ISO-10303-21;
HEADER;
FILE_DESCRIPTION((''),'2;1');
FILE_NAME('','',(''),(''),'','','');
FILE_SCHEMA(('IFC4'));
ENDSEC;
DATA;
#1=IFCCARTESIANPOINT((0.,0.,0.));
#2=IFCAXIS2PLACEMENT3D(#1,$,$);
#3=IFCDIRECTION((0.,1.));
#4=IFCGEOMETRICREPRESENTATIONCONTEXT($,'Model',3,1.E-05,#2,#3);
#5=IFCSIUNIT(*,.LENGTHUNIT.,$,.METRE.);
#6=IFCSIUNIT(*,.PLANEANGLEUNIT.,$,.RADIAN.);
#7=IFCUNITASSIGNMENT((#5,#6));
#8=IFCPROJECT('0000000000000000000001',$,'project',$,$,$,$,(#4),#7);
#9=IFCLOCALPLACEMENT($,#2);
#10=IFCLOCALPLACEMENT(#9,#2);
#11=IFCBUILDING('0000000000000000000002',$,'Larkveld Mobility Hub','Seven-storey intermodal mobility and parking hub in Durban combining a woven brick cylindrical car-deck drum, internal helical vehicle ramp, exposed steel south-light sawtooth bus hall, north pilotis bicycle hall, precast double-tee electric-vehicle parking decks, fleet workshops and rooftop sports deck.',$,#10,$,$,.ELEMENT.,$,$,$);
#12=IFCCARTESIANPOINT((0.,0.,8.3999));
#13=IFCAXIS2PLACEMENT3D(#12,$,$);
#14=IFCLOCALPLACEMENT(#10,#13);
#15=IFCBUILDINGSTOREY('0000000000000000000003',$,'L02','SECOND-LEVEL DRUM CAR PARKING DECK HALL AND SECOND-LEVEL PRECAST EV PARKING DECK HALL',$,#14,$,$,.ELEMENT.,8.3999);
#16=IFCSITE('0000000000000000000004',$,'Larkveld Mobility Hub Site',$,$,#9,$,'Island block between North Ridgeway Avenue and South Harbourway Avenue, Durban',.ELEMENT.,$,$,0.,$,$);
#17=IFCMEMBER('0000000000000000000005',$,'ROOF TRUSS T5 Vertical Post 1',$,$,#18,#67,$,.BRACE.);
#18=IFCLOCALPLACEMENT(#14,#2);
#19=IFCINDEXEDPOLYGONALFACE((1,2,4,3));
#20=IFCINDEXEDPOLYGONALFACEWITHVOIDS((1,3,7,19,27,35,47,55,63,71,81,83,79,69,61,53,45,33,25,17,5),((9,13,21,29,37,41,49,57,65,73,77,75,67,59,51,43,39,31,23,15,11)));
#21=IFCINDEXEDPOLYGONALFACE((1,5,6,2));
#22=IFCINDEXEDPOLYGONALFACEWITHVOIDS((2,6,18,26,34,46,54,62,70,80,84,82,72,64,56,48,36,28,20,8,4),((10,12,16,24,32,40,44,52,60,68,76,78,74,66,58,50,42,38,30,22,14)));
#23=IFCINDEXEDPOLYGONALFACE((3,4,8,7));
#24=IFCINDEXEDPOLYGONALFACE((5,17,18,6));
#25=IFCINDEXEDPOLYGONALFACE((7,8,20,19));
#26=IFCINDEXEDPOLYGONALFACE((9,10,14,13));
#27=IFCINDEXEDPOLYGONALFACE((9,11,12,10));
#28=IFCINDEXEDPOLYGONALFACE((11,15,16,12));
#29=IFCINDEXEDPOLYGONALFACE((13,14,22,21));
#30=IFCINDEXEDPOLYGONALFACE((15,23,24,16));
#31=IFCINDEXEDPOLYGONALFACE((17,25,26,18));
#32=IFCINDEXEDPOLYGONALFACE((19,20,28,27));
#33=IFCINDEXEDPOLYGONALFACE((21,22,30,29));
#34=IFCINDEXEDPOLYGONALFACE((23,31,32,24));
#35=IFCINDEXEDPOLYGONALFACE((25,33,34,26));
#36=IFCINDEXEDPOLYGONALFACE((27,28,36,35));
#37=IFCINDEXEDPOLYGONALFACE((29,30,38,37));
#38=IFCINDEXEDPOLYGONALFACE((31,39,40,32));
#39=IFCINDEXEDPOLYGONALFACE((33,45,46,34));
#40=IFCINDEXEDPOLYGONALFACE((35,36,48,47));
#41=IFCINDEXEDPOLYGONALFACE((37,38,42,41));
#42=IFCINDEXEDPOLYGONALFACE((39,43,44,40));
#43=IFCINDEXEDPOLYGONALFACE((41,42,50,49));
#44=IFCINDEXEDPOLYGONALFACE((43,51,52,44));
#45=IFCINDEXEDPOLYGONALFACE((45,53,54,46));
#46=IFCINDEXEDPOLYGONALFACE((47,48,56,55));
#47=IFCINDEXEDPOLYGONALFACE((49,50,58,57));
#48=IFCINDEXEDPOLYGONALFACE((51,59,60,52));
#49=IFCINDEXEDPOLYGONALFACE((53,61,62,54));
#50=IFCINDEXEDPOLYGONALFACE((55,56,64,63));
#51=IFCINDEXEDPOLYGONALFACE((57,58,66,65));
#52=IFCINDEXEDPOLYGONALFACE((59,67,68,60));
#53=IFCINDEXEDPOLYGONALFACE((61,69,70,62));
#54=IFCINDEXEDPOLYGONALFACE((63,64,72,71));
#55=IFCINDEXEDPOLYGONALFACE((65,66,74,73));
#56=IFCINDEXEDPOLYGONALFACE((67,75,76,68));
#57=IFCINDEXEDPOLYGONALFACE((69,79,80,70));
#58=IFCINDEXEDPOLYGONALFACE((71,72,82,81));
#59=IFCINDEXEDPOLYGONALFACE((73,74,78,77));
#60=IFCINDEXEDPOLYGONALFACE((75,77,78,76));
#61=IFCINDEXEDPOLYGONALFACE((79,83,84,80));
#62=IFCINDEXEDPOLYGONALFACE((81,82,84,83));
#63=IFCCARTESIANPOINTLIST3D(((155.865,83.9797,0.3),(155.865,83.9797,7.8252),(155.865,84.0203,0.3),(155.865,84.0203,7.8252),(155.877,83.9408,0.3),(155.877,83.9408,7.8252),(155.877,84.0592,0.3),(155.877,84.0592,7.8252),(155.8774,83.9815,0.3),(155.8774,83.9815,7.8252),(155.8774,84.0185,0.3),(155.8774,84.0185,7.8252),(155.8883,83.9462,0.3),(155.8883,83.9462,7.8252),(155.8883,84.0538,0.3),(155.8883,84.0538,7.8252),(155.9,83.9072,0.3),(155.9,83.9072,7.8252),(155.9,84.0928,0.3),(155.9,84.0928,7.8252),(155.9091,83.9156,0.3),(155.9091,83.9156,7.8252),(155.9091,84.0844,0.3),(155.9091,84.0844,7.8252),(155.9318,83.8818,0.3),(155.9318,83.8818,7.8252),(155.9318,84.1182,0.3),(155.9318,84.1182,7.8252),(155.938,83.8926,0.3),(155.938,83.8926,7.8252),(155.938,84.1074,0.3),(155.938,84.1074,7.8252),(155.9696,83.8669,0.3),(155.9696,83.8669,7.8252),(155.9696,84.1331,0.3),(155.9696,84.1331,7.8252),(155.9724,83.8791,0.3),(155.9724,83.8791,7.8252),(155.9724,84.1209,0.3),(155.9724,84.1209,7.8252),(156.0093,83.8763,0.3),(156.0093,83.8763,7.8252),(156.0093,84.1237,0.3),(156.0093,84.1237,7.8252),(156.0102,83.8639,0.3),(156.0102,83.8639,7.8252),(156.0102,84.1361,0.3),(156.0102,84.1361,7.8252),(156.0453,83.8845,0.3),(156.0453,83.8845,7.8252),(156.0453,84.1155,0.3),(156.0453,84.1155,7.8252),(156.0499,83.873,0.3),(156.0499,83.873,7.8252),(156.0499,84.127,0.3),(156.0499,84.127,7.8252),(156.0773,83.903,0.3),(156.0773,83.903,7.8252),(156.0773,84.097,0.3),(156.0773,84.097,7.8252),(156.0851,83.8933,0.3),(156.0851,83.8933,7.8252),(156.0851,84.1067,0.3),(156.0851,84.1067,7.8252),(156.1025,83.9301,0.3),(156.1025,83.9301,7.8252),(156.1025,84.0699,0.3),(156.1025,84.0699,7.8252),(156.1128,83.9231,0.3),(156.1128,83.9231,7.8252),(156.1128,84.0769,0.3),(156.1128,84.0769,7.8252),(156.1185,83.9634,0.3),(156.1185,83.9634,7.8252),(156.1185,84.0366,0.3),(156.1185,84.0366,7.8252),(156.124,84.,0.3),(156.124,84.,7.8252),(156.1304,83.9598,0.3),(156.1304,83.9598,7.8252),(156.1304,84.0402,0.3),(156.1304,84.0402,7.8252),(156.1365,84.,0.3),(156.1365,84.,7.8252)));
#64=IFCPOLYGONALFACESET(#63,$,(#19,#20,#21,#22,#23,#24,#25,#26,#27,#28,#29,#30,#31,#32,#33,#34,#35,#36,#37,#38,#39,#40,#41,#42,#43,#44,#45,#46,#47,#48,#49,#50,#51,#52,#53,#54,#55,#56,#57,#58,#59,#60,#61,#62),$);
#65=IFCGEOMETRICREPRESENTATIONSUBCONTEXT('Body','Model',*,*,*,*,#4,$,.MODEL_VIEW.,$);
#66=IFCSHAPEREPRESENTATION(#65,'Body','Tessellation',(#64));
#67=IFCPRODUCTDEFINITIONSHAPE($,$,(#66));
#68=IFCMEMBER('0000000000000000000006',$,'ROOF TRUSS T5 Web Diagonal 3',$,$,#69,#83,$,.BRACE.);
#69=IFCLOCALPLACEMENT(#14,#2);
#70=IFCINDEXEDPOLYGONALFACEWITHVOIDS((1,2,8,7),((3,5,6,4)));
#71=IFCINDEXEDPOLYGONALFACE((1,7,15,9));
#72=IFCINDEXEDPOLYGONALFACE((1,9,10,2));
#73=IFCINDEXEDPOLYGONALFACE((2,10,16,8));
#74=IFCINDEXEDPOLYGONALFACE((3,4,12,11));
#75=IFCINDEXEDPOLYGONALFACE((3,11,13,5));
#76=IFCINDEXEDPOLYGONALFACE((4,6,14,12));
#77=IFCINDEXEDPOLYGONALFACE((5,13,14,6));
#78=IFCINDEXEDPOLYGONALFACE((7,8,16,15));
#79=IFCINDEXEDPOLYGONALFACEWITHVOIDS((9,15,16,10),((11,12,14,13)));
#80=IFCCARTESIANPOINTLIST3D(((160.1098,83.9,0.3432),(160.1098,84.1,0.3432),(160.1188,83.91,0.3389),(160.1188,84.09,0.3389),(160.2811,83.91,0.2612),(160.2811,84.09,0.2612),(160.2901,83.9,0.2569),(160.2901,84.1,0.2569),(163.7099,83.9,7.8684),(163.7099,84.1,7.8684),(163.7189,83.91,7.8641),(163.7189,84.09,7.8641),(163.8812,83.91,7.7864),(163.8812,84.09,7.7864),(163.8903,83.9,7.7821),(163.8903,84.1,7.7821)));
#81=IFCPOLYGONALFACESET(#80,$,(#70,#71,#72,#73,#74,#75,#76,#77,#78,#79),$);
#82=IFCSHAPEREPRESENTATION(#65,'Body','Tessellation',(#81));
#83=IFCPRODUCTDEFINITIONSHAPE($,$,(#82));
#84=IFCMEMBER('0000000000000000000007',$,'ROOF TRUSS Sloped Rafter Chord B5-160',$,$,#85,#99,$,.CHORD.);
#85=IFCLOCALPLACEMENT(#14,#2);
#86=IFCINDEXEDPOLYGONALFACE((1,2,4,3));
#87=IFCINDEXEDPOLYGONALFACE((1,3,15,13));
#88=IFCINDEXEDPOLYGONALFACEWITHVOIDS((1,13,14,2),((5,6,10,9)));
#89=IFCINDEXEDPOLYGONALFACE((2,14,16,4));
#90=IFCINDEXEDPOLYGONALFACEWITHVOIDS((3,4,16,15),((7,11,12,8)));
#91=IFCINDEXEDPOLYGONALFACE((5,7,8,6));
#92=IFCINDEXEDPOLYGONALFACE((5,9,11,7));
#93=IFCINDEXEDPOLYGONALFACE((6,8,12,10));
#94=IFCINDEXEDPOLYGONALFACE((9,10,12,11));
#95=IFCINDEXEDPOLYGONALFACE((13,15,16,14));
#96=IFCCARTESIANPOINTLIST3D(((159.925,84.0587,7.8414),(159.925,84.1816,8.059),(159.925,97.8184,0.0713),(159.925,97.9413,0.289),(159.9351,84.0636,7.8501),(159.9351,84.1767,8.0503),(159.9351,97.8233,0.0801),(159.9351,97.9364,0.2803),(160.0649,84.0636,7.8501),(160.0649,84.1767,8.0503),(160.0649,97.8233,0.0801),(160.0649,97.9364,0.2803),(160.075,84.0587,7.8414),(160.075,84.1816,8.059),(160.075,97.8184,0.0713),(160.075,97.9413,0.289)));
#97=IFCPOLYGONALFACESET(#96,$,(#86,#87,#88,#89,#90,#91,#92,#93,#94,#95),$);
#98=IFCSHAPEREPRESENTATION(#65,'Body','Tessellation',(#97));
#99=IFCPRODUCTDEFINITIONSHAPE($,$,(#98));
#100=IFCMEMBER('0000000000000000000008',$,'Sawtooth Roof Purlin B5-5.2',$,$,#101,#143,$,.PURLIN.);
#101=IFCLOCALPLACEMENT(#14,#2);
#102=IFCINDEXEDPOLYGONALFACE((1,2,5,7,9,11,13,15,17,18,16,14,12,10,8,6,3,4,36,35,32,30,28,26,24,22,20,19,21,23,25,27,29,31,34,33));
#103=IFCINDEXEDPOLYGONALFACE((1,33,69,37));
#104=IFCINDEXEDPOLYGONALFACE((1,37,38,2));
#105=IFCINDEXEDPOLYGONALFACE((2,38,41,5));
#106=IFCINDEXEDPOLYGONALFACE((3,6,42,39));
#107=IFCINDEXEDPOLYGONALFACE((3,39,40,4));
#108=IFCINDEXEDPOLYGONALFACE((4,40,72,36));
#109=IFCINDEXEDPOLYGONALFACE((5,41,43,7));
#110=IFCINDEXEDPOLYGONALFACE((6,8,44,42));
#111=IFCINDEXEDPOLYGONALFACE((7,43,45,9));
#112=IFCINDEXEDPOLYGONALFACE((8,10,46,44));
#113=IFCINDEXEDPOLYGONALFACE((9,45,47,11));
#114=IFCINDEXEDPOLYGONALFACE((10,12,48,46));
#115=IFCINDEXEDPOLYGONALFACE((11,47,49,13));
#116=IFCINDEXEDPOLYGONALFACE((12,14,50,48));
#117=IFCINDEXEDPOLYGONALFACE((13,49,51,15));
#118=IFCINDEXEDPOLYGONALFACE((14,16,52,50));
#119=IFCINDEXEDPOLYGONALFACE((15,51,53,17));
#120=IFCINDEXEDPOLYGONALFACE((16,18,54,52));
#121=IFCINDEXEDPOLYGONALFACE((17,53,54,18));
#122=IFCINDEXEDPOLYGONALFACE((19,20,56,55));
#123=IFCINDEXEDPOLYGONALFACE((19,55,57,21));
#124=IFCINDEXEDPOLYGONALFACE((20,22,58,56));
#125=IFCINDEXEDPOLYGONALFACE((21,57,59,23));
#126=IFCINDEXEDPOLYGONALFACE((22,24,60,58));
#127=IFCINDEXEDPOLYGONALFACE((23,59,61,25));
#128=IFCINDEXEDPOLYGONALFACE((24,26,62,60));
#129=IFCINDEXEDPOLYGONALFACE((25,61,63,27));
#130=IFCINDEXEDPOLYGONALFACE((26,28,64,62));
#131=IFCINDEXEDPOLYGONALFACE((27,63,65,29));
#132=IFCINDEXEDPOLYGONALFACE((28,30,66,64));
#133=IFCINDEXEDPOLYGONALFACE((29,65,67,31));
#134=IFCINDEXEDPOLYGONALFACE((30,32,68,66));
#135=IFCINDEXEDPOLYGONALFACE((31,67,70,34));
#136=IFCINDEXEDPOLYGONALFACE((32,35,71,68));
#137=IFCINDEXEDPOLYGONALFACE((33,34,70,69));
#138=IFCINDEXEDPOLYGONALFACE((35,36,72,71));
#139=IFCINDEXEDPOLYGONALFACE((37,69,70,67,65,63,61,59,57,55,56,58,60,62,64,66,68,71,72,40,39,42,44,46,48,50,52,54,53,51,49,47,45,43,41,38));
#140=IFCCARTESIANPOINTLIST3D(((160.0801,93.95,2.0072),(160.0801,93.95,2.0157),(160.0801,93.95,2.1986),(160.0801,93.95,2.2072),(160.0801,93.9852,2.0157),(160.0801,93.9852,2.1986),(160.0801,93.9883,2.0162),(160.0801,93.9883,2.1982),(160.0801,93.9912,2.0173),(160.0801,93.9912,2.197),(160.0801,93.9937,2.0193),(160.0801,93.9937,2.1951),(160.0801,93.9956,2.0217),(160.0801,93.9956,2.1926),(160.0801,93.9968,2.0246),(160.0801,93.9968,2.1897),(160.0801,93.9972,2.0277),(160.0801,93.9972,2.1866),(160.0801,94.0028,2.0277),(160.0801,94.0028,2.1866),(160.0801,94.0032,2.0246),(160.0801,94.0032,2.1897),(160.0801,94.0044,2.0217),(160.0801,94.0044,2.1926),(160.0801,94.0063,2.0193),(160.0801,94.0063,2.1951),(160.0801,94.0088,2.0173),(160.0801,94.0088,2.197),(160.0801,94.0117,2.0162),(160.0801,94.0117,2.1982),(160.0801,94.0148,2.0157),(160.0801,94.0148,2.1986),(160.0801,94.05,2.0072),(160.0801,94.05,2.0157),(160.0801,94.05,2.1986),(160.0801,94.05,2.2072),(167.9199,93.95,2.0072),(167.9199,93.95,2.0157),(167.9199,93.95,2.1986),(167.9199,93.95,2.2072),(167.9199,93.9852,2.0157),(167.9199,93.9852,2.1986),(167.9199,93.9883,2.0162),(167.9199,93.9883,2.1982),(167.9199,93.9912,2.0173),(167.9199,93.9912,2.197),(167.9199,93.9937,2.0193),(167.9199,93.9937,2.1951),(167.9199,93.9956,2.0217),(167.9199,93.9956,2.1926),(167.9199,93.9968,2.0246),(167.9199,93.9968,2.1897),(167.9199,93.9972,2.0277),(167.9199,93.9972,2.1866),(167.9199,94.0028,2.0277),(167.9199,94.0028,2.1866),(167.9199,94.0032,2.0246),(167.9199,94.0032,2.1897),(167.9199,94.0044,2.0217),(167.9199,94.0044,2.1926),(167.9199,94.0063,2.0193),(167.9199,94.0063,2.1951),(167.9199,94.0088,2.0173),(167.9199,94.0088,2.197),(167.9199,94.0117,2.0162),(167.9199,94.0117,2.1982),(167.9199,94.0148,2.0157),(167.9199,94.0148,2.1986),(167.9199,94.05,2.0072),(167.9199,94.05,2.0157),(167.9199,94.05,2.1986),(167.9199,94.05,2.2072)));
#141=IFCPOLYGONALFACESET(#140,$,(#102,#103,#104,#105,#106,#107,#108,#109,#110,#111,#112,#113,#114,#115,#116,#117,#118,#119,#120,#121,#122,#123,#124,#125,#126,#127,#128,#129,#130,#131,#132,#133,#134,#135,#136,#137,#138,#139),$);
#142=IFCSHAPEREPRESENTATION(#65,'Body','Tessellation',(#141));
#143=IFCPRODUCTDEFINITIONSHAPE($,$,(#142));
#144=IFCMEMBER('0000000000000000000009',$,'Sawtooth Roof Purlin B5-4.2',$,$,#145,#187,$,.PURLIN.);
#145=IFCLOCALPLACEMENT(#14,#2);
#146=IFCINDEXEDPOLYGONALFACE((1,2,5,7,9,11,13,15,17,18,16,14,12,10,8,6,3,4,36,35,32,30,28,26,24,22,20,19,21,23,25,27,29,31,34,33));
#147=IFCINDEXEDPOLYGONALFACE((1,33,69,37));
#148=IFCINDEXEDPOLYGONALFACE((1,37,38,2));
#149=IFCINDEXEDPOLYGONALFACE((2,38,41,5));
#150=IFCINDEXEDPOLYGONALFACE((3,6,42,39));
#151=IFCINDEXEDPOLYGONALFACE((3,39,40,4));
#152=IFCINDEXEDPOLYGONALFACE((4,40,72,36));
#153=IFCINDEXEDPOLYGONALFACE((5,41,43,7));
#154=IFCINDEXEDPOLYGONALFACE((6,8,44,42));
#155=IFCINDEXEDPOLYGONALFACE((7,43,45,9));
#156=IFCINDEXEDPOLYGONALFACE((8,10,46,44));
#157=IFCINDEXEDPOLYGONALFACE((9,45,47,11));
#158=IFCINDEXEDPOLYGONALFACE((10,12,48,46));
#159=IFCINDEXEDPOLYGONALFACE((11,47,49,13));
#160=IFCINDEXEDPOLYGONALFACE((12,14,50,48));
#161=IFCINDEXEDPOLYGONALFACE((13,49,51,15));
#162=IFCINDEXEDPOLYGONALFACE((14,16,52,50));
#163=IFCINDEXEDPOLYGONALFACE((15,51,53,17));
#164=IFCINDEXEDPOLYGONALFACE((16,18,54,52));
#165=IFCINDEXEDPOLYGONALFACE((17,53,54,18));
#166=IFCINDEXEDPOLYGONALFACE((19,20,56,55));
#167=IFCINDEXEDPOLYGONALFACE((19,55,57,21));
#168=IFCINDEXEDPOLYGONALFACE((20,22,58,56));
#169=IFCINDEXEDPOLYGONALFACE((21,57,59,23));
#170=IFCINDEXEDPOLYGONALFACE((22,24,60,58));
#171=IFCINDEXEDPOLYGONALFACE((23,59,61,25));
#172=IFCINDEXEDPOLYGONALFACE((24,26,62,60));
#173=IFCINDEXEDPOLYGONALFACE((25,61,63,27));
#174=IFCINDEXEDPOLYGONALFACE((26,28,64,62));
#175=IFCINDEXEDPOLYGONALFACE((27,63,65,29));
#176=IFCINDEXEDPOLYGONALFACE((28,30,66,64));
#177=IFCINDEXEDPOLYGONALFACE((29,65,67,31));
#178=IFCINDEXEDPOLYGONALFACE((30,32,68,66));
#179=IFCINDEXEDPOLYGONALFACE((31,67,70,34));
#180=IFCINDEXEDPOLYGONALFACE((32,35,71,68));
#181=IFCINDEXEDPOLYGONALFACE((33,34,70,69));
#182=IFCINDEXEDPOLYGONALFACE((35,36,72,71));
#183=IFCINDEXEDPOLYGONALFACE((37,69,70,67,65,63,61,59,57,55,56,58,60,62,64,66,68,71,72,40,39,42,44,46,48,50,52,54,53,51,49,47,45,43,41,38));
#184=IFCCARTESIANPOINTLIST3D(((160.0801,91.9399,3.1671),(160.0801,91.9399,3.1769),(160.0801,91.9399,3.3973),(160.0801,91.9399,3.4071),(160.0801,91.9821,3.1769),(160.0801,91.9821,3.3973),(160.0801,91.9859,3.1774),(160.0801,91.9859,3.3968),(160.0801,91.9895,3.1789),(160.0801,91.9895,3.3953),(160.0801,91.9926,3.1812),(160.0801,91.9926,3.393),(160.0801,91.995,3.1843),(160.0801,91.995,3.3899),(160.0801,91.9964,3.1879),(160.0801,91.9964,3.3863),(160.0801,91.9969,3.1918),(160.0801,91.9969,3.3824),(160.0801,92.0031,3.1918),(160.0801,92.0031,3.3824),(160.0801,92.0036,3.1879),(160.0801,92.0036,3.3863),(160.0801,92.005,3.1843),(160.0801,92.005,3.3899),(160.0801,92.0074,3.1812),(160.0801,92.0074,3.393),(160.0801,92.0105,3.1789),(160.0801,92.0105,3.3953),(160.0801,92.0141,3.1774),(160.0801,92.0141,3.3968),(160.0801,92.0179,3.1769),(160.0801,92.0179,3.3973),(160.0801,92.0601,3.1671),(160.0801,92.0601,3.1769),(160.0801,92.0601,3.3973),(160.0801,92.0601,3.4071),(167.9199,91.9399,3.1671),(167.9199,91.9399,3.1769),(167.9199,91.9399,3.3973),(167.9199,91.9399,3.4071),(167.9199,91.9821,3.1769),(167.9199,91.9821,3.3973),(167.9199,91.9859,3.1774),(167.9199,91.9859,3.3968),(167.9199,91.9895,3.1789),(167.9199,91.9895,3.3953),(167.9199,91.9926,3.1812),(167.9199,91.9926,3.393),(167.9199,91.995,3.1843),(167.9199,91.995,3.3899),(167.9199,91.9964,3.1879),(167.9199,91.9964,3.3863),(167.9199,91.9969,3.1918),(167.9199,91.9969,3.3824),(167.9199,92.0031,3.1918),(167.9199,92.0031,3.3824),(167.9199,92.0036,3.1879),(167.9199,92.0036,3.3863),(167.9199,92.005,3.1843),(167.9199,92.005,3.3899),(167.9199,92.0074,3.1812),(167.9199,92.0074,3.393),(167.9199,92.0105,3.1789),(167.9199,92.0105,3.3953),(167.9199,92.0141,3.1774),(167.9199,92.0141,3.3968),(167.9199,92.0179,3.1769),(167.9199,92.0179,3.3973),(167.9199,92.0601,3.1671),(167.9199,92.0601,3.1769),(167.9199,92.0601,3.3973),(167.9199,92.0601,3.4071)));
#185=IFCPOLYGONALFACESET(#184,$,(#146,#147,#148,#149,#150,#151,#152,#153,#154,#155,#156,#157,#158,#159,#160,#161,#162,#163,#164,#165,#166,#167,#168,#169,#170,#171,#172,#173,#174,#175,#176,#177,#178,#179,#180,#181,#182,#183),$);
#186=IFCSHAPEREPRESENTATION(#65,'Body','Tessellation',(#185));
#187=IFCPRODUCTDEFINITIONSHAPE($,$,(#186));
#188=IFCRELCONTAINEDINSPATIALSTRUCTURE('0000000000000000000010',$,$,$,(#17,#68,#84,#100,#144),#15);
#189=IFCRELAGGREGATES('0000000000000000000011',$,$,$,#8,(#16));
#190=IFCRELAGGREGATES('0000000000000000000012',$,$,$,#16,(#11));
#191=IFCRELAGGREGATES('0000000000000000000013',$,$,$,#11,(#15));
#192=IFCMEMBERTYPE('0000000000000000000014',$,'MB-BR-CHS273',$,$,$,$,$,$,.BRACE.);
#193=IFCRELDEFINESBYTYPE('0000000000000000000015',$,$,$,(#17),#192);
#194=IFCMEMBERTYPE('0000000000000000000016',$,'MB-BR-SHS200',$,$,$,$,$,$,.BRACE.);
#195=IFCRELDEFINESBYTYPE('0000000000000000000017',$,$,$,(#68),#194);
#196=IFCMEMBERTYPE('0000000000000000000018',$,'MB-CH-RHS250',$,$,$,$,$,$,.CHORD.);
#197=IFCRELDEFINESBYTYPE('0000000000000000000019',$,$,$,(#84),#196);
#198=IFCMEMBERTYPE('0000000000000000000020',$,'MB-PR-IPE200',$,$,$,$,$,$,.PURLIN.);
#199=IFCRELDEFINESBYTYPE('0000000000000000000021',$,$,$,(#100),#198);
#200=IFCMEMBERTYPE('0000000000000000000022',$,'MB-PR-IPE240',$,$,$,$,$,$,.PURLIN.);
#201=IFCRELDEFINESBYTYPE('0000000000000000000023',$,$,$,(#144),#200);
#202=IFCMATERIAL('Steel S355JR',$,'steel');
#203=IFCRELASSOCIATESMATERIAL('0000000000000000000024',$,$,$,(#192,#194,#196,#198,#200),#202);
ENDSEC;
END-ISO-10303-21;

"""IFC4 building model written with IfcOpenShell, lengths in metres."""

from ifc_helpers import new_model, si_unit, direction, frame, origin, origin_2d, place, context, subcontext, project, spatial, hollow_rectangle, hollow_circle, i_section, extrude, material, material_profile, profile_set, type_object, element, save


model = new_model("IFC4")

# Units and contexts
model_context = context("Model", 3, precision=1e-05, world=origin(), true_north=direction((0.0, 1.0)))
body_context = subcontext(model_context, "Body", "Model", "MODEL_VIEW")
ifc_project = project(units=[si_unit("LENGTHUNIT", "METRE"), si_unit("PLANEANGLEUNIT", "RADIAN")], contexts=[model_context])

# Site, building, storey
site_placement = place(None, origin())
site = spatial("IfcSite", under=ifc_project, at=site_placement, Name="Larkveld Mobility Hub Site", LongName="Island block between North Ridgeway Avenue and South Harbourway Avenue, Durban", CompositionType="ELEMENT", RefElevation=0.0)
building_placement = place(site_placement, origin())
building = spatial("IfcBuilding", under=site, at=building_placement, Name="Larkveld Mobility Hub", Description="Seven-storey intermodal mobility and parking hub in Durban combining a woven brick cylindrical car-deck drum, internal helical vehicle ramp, exposed steel south-light sawtooth bus hall, north pilotis bicycle hall, precast double-tee electric-vehicle parking decks, fleet workshops and rooftop sports deck.", CompositionType="ELEMENT")
storey_placement = place(building_placement, frame((0.0, 0.0, 8.3999)))
storey = spatial("IfcBuildingStorey", under=building, at=storey_placement, Name="L02", Description="SECOND-LEVEL DRUM CAR PARKING DECK HALL AND SECOND-LEVEL PRECAST EV PARKING DECK HALL", CompositionType="ELEMENT", Elevation=8.3999)

# Members
ifc_material_1 = material(Name="Steel S355JR", Category="steel")
ifc_material_profile_1 = material_profile(ifc_material_1, hollow_circle(Radius=0.1365, WallThickness=0.0125, at=origin_2d()), Name="CHS 273x12.5")
ifc_profile_set_1 = profile_set([ifc_material_profile_1], Name="Steel S355JR")
member_type_1 = type_object("IfcMemberType", Name="MB-BR-CHS273", PredefinedType="BRACE", material=ifc_profile_set_1)
member_1_placement = place(storey_placement, frame((156.0, 84.0, 0.3), z_axis=(0.0, 0.0, 1.0), x_axis=(1.0, 0.0, 0.0)))
element("IfcMember", 1, at=member_1_placement, inside=storey, type_object=member_type_1, Name="ROOF TRUSS T5 Vertical Post 1", PredefinedType="BRACE", context=body_context, shape_type="SweptSolid", body=[
    extrude(hollow_circle(Radius=0.1365, WallThickness=0.0125, at=origin_2d()), origin(), (0.0, 0.0, 1.0), 7.5251),
])
ifc_material_profile_2 = material_profile(ifc_material_1, hollow_rectangle(XDim=0.2, YDim=0.2, WallThickness=0.01, at=origin_2d()), Name="SHS 200x200x10")
ifc_profile_set_2 = profile_set([ifc_material_profile_2], Name="Steel S355JR")
member_type_2 = type_object("IfcMemberType", Name="MB-BR-SHS200", PredefinedType="BRACE", material=ifc_profile_set_2)
member_2_placement = place(storey_placement, frame((160.2, 84.0, 0.3), z_axis=(0.431564, 0.0, 0.902082), x_axis=(0.0, 1.0, 0.0)))
element("IfcMember", 2, at=member_2_placement, inside=storey, type_object=member_type_2, Name="ROOF TRUSS T5 Web Diagonal 3", PredefinedType="BRACE", context=body_context, shape_type="SweptSolid", body=[
    extrude(hollow_rectangle(XDim=0.2, YDim=0.2, WallThickness=0.01, at=origin_2d()), origin(), (0.0, 0.0, 1.0), 8.342),
])
ifc_material_profile_3 = material_profile(ifc_material_1, hollow_rectangle(XDim=0.1499, YDim=0.25, WallThickness=0.01, at=origin_2d()), Name="RHS 250x150x10")
ifc_profile_set_3 = profile_set([ifc_material_profile_3], Name="Steel S355JR")
member_type_3 = type_object("IfcMemberType", Name="MB-CH-RHS250", PredefinedType="CHORD", material=ifc_profile_set_3)
member_3_placement = place(storey_placement, frame((160.0, 84.1201, 7.9502), z_axis=(0.0, 0.870759, -0.49171), x_axis=(-1.0, 0.0, 0.0)))
element("IfcMember", 3, at=member_3_placement, inside=storey, type_object=member_type_3, Name="ROOF TRUSS Sloped Rafter Chord B5-160", PredefinedType="CHORD", context=body_context, shape_type="SweptSolid", body=[
    extrude(hollow_rectangle(XDim=0.1499, YDim=0.25, WallThickness=0.01, at=origin_2d()), origin(), (0.0, 0.0, 1.0), 15.802),
])
ifc_material_profile_4 = material_profile(ifc_material_1, i_section(OverallWidth=0.1001, OverallDepth=0.2, WebThickness=0.0056, FlangeThickness=0.0085, FilletRadius=0.012, at=origin_2d()), Name="IPE 200")
ifc_profile_set_4 = profile_set([ifc_material_profile_4], Name="Steel S355JR")
member_type_4 = type_object("IfcMemberType", Name="MB-PR-IPE200", PredefinedType="PURLIN", material=ifc_profile_set_4)
member_4_placement = place(storey_placement, frame((160.0801, 94.0, 2.1072), z_axis=(1.0, 0.0, 0.0), x_axis=(0.0, 1.0, 0.0)))
element("IfcMember", 4, at=member_4_placement, inside=storey, type_object=member_type_4, Name="Sawtooth Roof Purlin B5-5.2", PredefinedType="PURLIN", context=body_context, shape_type="SweptSolid", body=[
    extrude(i_section(OverallWidth=0.1001, OverallDepth=0.2, WebThickness=0.0056, FlangeThickness=0.0085, FilletRadius=0.012, at=origin_2d()), origin(), (0.0, 0.0, 1.0), 7.8398),
])
ifc_material_profile_5 = material_profile(ifc_material_1, i_section(OverallWidth=0.1201, OverallDepth=0.24, WebThickness=0.0061, FlangeThickness=0.0098, FilletRadius=0.0149, at=origin_2d()), Name="IPE 240")
ifc_profile_set_5 = profile_set([ifc_material_profile_5], Name="Steel S355JR")
member_type_5 = type_object("IfcMemberType", Name="MB-PR-IPE240", PredefinedType="PURLIN", material=ifc_profile_set_5)
member_5_placement = place(storey_placement, frame((160.0801, 92.0, 3.2871), z_axis=(1.0, 0.0, 0.0), x_axis=(0.0, 1.0, 0.0)))
element("IfcMember", 5, at=member_5_placement, inside=storey, type_object=member_type_5, Name="Sawtooth Roof Purlin B5-4.2", PredefinedType="PURLIN", context=body_context, shape_type="SweptSolid", body=[
    extrude(i_section(OverallWidth=0.1201, OverallDepth=0.24, WebThickness=0.0061, FlangeThickness=0.0098, FilletRadius=0.0149, at=origin_2d()), origin(), (0.0, 0.0, 1.0), 7.8398),
])

save(model, "model.ifc")
